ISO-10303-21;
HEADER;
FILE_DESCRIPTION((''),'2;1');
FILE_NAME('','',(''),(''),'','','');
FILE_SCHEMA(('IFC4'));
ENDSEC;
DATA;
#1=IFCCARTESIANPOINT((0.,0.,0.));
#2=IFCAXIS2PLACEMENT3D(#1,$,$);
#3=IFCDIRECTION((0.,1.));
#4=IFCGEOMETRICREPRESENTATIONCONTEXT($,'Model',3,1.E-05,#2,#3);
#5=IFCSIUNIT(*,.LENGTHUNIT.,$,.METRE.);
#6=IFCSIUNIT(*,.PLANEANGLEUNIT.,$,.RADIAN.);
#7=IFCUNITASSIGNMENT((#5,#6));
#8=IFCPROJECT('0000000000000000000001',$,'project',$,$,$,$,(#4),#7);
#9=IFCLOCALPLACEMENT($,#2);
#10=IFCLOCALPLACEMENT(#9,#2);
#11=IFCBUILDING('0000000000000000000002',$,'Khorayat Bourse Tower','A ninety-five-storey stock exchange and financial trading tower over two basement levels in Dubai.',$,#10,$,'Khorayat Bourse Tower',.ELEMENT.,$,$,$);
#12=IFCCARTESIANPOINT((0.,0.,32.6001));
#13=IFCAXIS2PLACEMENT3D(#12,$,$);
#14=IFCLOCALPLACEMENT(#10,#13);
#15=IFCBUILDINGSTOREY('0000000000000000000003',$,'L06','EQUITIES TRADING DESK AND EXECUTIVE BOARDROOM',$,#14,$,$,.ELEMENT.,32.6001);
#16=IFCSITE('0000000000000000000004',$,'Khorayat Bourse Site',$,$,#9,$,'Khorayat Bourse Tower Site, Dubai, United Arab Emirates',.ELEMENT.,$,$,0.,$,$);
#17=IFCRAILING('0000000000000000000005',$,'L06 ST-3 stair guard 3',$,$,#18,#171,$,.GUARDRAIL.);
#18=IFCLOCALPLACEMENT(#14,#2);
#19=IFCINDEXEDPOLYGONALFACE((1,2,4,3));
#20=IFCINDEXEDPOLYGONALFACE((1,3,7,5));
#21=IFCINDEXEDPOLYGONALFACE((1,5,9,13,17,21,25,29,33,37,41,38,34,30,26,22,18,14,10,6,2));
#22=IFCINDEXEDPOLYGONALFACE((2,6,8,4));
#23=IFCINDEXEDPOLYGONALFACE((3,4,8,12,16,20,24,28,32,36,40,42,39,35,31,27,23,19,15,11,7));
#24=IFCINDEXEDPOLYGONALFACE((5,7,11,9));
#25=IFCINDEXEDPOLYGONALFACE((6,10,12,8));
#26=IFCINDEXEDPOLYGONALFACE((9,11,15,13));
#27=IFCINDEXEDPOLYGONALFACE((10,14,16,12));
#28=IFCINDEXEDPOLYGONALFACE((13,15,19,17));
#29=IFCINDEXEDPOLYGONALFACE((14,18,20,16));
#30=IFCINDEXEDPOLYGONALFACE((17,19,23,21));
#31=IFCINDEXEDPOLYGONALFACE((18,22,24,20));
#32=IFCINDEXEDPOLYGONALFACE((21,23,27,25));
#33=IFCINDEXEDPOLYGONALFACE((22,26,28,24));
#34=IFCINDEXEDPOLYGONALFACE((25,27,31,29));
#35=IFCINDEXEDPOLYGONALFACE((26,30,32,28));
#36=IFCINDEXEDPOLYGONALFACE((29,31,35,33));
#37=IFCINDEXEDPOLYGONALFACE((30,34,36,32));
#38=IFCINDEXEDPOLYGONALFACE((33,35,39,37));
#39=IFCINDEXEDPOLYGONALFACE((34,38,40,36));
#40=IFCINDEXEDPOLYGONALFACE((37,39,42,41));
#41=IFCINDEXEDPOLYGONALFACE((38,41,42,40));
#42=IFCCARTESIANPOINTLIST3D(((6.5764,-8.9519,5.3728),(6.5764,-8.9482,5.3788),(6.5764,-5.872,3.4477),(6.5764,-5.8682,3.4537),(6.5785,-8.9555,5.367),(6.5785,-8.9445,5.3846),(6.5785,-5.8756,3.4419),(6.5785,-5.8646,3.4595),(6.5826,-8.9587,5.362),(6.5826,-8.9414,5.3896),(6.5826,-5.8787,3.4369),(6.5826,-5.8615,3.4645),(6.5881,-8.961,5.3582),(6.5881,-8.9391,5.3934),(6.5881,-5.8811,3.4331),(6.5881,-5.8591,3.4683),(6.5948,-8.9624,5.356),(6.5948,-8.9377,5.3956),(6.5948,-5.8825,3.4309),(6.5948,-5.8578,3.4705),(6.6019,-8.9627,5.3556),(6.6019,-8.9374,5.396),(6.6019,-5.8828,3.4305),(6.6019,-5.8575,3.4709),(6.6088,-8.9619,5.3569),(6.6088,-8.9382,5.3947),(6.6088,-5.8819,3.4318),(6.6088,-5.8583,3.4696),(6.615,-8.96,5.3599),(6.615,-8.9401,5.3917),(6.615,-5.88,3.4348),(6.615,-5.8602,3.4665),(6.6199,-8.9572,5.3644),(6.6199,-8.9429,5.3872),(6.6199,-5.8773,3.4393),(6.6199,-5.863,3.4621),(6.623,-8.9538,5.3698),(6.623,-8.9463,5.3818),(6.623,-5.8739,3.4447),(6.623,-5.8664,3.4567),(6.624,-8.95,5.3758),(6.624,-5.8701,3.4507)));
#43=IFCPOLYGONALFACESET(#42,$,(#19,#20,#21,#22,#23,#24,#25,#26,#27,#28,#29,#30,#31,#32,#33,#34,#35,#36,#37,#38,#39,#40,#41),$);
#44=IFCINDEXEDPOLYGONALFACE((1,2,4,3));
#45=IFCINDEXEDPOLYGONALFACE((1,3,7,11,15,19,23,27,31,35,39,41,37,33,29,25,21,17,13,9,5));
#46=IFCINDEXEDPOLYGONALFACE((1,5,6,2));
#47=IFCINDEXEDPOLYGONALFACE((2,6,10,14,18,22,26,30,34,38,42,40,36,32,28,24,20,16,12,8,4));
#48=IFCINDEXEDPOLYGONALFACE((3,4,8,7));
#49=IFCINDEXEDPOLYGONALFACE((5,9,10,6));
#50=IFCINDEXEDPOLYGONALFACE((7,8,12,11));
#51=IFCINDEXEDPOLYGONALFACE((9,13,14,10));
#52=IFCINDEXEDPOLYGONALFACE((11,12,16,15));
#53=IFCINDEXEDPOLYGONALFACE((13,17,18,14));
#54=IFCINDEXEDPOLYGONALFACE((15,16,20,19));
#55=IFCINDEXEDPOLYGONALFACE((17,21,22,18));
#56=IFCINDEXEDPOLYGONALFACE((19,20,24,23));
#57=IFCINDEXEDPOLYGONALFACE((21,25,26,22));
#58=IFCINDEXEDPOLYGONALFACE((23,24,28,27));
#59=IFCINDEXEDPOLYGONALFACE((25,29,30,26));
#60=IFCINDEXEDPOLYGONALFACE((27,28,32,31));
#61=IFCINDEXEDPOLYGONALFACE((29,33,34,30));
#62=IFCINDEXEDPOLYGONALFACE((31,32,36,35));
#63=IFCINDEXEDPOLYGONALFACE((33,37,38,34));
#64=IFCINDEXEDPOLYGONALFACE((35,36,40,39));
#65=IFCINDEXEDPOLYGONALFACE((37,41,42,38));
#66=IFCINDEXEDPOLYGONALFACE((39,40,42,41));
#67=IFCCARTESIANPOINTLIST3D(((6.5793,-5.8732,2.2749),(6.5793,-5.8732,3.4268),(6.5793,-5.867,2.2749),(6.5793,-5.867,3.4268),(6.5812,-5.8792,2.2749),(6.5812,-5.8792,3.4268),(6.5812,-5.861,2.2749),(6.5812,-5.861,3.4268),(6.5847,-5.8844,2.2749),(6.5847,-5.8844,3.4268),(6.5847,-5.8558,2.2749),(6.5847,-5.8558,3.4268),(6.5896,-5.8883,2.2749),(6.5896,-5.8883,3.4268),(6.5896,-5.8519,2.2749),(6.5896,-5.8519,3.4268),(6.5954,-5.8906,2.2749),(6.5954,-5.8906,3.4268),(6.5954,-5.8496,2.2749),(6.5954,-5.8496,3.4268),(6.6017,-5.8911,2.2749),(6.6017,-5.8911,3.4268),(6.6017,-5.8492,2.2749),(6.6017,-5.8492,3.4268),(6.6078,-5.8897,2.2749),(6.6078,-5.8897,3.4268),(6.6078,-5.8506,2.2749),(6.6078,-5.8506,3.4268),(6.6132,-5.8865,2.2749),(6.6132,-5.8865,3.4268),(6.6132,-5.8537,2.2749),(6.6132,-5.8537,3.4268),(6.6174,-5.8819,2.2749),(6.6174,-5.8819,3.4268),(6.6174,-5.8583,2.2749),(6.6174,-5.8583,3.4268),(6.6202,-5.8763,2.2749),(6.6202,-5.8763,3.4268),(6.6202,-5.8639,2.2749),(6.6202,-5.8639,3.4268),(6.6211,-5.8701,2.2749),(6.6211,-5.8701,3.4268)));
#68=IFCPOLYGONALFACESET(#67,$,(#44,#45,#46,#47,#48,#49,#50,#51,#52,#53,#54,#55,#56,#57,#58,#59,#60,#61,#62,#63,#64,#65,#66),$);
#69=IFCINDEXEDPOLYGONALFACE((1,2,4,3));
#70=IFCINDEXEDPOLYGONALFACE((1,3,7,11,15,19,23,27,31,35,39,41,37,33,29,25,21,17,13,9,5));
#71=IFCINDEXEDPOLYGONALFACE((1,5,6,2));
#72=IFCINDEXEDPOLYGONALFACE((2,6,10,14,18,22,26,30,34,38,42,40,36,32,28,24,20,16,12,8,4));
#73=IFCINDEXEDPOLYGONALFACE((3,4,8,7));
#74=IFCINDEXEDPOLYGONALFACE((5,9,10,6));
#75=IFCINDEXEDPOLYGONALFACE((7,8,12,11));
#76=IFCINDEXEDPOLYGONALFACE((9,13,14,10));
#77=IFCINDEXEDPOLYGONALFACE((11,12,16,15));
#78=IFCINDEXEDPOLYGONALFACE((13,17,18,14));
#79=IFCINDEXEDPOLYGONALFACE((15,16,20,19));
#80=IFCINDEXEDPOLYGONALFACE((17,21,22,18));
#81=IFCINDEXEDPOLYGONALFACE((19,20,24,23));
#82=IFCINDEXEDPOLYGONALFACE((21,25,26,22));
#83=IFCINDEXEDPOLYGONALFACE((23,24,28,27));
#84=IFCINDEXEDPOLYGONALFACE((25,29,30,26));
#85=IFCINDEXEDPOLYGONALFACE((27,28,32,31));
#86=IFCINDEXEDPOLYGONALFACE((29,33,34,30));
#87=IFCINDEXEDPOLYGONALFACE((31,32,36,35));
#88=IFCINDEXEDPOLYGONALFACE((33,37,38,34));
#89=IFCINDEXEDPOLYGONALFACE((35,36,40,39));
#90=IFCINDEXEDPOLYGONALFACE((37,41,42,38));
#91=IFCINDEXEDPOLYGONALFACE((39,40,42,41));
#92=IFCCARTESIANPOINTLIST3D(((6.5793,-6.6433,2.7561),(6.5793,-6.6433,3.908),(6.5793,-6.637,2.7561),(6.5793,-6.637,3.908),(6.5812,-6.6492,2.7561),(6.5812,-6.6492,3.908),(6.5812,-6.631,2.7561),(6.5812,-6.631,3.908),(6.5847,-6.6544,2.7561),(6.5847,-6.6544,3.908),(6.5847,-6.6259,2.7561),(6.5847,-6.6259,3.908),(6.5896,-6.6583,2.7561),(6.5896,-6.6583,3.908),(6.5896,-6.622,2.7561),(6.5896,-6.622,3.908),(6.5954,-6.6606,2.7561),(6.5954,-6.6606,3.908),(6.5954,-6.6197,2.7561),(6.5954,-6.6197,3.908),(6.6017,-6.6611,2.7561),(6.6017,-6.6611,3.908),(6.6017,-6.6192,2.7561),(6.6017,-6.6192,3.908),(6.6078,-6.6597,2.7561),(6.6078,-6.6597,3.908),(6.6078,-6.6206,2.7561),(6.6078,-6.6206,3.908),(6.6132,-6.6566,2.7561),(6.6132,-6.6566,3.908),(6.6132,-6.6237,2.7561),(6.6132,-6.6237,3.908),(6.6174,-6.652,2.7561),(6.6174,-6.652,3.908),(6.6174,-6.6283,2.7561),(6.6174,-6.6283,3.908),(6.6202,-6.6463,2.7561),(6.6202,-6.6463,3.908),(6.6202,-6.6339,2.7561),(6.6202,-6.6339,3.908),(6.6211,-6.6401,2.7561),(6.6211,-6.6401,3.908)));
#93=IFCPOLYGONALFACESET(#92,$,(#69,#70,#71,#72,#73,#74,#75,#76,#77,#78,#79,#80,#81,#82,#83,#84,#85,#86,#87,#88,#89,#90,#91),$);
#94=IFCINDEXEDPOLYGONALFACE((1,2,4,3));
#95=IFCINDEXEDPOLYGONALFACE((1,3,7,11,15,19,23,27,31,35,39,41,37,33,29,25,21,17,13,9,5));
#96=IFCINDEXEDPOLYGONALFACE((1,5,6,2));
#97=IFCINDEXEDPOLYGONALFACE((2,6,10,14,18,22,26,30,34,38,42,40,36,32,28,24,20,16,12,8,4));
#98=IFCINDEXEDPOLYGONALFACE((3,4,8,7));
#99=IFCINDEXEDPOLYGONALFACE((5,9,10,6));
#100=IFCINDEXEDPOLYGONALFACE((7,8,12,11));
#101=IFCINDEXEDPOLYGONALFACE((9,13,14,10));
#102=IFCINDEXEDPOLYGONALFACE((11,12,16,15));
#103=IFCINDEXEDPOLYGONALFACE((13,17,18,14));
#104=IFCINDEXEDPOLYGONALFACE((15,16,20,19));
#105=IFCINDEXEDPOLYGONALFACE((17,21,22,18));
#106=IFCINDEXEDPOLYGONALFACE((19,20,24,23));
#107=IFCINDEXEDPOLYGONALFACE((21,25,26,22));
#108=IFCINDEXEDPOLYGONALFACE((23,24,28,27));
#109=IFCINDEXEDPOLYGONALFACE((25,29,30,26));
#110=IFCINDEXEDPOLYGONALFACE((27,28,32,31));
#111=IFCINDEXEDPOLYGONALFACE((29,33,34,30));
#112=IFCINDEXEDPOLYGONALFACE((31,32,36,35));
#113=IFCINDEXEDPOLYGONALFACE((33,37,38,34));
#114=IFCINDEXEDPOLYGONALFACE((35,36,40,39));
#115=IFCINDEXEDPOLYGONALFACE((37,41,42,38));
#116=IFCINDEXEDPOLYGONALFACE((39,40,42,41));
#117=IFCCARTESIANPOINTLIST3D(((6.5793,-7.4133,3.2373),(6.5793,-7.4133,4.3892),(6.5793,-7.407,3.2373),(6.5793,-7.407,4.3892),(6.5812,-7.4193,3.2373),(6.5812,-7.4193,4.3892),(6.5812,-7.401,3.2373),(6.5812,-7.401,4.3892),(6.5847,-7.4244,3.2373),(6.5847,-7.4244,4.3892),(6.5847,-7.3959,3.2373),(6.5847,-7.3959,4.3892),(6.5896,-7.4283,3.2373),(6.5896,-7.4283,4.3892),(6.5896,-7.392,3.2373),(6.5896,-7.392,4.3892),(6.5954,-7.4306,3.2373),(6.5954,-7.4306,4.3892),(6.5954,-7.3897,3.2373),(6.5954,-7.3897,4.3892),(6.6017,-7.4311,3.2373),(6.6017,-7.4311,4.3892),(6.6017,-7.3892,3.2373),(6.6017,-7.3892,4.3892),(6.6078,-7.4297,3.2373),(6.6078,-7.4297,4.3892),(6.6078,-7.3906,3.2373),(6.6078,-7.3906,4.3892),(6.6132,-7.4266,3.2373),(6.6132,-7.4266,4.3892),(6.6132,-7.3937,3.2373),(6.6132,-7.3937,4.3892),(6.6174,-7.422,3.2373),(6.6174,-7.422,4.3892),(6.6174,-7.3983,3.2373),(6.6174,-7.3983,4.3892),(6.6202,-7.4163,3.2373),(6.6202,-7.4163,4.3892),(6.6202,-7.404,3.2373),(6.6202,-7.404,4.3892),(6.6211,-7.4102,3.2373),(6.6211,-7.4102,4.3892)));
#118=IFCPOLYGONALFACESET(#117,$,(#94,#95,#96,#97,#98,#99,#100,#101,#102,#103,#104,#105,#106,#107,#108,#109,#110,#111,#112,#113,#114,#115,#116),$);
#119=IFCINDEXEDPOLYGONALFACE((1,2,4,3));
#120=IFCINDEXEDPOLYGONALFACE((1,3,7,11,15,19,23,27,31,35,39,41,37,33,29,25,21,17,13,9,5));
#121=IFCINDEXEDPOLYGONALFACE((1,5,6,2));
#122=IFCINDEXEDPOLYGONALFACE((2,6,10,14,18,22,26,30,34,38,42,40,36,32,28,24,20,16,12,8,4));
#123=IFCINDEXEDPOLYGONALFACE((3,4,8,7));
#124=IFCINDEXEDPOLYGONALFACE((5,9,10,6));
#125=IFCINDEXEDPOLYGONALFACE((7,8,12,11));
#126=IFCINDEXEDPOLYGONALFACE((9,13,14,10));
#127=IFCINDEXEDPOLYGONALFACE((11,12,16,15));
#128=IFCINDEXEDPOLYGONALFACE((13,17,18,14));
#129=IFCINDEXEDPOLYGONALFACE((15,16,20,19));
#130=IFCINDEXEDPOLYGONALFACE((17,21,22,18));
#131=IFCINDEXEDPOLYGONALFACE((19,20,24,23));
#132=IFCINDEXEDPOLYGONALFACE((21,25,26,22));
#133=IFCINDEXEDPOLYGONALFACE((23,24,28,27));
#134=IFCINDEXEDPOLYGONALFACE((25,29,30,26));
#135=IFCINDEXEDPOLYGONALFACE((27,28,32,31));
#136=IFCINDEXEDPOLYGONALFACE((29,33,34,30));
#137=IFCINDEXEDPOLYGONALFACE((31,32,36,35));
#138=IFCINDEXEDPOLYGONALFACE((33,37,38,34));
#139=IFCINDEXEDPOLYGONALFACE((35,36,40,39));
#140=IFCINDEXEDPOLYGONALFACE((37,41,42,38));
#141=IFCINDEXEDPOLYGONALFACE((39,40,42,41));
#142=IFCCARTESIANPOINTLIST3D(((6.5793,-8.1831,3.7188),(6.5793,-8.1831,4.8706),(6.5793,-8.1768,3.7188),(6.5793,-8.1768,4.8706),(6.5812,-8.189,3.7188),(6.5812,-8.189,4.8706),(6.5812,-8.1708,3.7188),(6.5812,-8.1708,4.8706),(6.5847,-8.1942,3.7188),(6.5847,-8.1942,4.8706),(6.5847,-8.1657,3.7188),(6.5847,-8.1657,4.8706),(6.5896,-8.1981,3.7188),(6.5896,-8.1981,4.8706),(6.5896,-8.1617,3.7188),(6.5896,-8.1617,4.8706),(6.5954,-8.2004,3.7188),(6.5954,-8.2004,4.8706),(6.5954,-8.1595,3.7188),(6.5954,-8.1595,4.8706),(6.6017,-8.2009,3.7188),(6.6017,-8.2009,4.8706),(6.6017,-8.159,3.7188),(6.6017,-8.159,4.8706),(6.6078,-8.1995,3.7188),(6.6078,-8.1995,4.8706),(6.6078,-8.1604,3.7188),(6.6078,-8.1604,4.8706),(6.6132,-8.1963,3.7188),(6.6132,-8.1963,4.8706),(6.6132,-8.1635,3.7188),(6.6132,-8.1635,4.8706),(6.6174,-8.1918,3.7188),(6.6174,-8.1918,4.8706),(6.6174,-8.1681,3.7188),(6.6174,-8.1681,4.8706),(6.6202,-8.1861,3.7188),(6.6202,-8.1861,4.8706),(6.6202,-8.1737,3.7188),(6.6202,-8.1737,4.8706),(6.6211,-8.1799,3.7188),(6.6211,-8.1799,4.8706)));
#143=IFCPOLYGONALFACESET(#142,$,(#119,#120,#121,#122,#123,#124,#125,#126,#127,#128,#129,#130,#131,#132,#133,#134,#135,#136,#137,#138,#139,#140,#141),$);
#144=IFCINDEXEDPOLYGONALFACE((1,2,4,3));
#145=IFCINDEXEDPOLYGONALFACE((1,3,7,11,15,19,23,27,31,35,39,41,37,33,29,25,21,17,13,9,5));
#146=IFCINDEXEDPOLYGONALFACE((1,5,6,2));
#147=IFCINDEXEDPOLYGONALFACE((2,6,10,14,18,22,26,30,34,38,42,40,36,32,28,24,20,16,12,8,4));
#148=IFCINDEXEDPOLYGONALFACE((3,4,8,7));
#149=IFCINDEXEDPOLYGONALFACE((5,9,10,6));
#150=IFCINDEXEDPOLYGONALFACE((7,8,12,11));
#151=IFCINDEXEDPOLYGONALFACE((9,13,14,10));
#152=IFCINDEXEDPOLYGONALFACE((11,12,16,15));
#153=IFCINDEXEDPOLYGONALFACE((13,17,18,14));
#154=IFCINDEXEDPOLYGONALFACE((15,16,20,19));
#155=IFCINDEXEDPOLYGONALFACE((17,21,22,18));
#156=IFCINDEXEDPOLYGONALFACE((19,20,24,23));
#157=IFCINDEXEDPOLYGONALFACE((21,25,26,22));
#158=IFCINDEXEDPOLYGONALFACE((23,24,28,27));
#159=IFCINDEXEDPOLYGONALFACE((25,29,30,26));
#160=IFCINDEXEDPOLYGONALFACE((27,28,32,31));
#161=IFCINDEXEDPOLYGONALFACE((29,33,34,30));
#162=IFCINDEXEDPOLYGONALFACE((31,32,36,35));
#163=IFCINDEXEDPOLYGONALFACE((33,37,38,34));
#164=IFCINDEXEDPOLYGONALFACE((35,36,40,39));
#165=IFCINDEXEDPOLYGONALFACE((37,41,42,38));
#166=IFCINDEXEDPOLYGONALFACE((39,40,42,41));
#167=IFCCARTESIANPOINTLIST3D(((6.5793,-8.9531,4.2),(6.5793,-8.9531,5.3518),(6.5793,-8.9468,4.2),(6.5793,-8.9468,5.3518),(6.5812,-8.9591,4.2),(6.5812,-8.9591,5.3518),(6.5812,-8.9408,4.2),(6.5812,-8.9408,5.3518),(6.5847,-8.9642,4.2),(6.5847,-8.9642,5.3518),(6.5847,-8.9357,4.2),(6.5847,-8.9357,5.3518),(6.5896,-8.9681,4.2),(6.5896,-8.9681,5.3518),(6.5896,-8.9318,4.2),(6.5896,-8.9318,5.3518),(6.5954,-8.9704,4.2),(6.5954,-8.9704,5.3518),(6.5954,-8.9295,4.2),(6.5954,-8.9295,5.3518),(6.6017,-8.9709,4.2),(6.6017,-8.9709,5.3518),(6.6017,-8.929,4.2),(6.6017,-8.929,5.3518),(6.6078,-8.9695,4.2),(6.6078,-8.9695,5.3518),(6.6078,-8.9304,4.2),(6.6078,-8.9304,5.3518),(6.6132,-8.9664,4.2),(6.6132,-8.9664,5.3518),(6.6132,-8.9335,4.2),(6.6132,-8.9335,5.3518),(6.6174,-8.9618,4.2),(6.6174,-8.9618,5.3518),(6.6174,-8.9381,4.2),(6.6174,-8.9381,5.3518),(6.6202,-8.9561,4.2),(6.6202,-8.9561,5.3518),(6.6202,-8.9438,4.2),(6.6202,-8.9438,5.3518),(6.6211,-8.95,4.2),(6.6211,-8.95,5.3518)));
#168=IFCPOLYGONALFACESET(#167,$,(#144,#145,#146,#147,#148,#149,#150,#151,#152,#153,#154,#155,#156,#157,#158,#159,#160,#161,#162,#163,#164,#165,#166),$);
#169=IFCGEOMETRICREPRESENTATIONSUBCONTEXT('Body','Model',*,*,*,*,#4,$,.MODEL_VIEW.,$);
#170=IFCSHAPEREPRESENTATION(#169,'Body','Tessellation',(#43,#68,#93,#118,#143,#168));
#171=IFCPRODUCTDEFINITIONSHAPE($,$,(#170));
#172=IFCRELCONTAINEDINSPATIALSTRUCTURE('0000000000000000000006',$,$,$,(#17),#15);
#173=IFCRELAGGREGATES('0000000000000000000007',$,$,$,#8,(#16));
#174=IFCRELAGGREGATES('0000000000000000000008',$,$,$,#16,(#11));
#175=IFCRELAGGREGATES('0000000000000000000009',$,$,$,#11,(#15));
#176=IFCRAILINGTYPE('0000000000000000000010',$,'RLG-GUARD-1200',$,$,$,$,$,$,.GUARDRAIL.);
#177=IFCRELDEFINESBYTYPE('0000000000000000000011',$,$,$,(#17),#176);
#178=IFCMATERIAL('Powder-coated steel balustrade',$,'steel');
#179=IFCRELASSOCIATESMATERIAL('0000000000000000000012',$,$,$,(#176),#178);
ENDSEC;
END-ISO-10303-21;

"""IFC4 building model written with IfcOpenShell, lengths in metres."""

from ifc_helpers import new_model, si_unit, direction, frame, origin, origin_2d, place, context, subcontext, project, spatial, circle, extrude, source, transform, mapped, material, type_object, element, save


model = new_model("IFC4")

# Units and contexts
model_context = context("Model", 3, precision=1e-05, world=origin(), true_north=direction((0.0, 1.0)))
body_context = subcontext(model_context, "Body", "Model", "MODEL_VIEW")
ifc_project = project(units=[si_unit("LENGTHUNIT", "METRE"), si_unit("PLANEANGLEUNIT", "RADIAN")], contexts=[model_context])

# Site, building, storey
site_placement = place(None, origin())
site = spatial("IfcSite", under=ifc_project, at=site_placement, Name="Khorayat Bourse Site", LongName="Khorayat Bourse Tower Site, Dubai, United Arab Emirates", CompositionType="ELEMENT", RefElevation=0.0)
building_placement = place(site_placement, origin())
building = spatial("IfcBuilding", under=site, at=building_placement, Name="Khorayat Bourse Tower", Description="A ninety-five-storey stock exchange and financial trading tower over two basement levels in Dubai.", LongName="Khorayat Bourse Tower", CompositionType="ELEMENT")
storey_placement = place(building_placement, frame((0.0, 0.0, 32.6001)))
storey = spatial("IfcBuildingStorey", under=building, at=storey_placement, Name="L06", Description="EQUITIES TRADING DESK AND EXECUTIVE BOARDROOM", CompositionType="ELEMENT", Elevation=32.6001)

# Railing
ifc_material_1 = material(Name="Powder-coated steel balustrade", Category="steel")
railing_type_1 = type_object("IfcRailingType", Name="RLG-GUARD-1200", PredefinedType="GUARDRAIL", material=ifc_material_1)
shared_shape_1 = source(origin(), body_context, "Body", "SweptSolid", [
    extrude(circle(Radius=0.0239, at=origin_2d()), frame((0.0, 0.0, 1.1758), z_axis=(0.0, -0.847979, 0.530029), x_axis=(1.0, 0.0, 0.0)), (0.0, 0.0, 1.0), 3.6321),
    extrude(circle(Radius=0.021, at=origin_2d()), origin(), (0.0, 0.0, 1.0), 1.1519),
    extrude(circle(Radius=0.021, at=origin_2d()), frame((0.0, -0.77, 0.4812)), (0.0, 0.0, 1.0), 1.1519),
    extrude(circle(Radius=0.021, at=origin_2d()), frame((0.0, -1.54, 0.9624)), (0.0, 0.0, 1.0), 1.1519),
    extrude(circle(Radius=0.021, at=origin_2d()), frame((0.0, -2.3098, 1.4438)), (0.0, 0.0, 1.0), 1.1519),
    extrude(circle(Radius=0.021, at=origin_2d()), frame((0.0, -3.0798, 1.925)), (0.0, 0.0, 1.0), 1.1519),
])
railing_1_placement = place(storey_placement, frame((6.6001, -5.8701, 2.2749)))
element("IfcRailing", 1, at=railing_1_placement, inside=storey, type_object=railing_type_1, Name="L06 ST-3 stair guard 3", PredefinedType="GUARDRAIL", context=body_context, shape_type="MappedRepresentation", body=[
    mapped(shared_shape_1, transform((0.0, 0.0, 0.0), scale=1.0)),
])

save(model, "model.ifc")
